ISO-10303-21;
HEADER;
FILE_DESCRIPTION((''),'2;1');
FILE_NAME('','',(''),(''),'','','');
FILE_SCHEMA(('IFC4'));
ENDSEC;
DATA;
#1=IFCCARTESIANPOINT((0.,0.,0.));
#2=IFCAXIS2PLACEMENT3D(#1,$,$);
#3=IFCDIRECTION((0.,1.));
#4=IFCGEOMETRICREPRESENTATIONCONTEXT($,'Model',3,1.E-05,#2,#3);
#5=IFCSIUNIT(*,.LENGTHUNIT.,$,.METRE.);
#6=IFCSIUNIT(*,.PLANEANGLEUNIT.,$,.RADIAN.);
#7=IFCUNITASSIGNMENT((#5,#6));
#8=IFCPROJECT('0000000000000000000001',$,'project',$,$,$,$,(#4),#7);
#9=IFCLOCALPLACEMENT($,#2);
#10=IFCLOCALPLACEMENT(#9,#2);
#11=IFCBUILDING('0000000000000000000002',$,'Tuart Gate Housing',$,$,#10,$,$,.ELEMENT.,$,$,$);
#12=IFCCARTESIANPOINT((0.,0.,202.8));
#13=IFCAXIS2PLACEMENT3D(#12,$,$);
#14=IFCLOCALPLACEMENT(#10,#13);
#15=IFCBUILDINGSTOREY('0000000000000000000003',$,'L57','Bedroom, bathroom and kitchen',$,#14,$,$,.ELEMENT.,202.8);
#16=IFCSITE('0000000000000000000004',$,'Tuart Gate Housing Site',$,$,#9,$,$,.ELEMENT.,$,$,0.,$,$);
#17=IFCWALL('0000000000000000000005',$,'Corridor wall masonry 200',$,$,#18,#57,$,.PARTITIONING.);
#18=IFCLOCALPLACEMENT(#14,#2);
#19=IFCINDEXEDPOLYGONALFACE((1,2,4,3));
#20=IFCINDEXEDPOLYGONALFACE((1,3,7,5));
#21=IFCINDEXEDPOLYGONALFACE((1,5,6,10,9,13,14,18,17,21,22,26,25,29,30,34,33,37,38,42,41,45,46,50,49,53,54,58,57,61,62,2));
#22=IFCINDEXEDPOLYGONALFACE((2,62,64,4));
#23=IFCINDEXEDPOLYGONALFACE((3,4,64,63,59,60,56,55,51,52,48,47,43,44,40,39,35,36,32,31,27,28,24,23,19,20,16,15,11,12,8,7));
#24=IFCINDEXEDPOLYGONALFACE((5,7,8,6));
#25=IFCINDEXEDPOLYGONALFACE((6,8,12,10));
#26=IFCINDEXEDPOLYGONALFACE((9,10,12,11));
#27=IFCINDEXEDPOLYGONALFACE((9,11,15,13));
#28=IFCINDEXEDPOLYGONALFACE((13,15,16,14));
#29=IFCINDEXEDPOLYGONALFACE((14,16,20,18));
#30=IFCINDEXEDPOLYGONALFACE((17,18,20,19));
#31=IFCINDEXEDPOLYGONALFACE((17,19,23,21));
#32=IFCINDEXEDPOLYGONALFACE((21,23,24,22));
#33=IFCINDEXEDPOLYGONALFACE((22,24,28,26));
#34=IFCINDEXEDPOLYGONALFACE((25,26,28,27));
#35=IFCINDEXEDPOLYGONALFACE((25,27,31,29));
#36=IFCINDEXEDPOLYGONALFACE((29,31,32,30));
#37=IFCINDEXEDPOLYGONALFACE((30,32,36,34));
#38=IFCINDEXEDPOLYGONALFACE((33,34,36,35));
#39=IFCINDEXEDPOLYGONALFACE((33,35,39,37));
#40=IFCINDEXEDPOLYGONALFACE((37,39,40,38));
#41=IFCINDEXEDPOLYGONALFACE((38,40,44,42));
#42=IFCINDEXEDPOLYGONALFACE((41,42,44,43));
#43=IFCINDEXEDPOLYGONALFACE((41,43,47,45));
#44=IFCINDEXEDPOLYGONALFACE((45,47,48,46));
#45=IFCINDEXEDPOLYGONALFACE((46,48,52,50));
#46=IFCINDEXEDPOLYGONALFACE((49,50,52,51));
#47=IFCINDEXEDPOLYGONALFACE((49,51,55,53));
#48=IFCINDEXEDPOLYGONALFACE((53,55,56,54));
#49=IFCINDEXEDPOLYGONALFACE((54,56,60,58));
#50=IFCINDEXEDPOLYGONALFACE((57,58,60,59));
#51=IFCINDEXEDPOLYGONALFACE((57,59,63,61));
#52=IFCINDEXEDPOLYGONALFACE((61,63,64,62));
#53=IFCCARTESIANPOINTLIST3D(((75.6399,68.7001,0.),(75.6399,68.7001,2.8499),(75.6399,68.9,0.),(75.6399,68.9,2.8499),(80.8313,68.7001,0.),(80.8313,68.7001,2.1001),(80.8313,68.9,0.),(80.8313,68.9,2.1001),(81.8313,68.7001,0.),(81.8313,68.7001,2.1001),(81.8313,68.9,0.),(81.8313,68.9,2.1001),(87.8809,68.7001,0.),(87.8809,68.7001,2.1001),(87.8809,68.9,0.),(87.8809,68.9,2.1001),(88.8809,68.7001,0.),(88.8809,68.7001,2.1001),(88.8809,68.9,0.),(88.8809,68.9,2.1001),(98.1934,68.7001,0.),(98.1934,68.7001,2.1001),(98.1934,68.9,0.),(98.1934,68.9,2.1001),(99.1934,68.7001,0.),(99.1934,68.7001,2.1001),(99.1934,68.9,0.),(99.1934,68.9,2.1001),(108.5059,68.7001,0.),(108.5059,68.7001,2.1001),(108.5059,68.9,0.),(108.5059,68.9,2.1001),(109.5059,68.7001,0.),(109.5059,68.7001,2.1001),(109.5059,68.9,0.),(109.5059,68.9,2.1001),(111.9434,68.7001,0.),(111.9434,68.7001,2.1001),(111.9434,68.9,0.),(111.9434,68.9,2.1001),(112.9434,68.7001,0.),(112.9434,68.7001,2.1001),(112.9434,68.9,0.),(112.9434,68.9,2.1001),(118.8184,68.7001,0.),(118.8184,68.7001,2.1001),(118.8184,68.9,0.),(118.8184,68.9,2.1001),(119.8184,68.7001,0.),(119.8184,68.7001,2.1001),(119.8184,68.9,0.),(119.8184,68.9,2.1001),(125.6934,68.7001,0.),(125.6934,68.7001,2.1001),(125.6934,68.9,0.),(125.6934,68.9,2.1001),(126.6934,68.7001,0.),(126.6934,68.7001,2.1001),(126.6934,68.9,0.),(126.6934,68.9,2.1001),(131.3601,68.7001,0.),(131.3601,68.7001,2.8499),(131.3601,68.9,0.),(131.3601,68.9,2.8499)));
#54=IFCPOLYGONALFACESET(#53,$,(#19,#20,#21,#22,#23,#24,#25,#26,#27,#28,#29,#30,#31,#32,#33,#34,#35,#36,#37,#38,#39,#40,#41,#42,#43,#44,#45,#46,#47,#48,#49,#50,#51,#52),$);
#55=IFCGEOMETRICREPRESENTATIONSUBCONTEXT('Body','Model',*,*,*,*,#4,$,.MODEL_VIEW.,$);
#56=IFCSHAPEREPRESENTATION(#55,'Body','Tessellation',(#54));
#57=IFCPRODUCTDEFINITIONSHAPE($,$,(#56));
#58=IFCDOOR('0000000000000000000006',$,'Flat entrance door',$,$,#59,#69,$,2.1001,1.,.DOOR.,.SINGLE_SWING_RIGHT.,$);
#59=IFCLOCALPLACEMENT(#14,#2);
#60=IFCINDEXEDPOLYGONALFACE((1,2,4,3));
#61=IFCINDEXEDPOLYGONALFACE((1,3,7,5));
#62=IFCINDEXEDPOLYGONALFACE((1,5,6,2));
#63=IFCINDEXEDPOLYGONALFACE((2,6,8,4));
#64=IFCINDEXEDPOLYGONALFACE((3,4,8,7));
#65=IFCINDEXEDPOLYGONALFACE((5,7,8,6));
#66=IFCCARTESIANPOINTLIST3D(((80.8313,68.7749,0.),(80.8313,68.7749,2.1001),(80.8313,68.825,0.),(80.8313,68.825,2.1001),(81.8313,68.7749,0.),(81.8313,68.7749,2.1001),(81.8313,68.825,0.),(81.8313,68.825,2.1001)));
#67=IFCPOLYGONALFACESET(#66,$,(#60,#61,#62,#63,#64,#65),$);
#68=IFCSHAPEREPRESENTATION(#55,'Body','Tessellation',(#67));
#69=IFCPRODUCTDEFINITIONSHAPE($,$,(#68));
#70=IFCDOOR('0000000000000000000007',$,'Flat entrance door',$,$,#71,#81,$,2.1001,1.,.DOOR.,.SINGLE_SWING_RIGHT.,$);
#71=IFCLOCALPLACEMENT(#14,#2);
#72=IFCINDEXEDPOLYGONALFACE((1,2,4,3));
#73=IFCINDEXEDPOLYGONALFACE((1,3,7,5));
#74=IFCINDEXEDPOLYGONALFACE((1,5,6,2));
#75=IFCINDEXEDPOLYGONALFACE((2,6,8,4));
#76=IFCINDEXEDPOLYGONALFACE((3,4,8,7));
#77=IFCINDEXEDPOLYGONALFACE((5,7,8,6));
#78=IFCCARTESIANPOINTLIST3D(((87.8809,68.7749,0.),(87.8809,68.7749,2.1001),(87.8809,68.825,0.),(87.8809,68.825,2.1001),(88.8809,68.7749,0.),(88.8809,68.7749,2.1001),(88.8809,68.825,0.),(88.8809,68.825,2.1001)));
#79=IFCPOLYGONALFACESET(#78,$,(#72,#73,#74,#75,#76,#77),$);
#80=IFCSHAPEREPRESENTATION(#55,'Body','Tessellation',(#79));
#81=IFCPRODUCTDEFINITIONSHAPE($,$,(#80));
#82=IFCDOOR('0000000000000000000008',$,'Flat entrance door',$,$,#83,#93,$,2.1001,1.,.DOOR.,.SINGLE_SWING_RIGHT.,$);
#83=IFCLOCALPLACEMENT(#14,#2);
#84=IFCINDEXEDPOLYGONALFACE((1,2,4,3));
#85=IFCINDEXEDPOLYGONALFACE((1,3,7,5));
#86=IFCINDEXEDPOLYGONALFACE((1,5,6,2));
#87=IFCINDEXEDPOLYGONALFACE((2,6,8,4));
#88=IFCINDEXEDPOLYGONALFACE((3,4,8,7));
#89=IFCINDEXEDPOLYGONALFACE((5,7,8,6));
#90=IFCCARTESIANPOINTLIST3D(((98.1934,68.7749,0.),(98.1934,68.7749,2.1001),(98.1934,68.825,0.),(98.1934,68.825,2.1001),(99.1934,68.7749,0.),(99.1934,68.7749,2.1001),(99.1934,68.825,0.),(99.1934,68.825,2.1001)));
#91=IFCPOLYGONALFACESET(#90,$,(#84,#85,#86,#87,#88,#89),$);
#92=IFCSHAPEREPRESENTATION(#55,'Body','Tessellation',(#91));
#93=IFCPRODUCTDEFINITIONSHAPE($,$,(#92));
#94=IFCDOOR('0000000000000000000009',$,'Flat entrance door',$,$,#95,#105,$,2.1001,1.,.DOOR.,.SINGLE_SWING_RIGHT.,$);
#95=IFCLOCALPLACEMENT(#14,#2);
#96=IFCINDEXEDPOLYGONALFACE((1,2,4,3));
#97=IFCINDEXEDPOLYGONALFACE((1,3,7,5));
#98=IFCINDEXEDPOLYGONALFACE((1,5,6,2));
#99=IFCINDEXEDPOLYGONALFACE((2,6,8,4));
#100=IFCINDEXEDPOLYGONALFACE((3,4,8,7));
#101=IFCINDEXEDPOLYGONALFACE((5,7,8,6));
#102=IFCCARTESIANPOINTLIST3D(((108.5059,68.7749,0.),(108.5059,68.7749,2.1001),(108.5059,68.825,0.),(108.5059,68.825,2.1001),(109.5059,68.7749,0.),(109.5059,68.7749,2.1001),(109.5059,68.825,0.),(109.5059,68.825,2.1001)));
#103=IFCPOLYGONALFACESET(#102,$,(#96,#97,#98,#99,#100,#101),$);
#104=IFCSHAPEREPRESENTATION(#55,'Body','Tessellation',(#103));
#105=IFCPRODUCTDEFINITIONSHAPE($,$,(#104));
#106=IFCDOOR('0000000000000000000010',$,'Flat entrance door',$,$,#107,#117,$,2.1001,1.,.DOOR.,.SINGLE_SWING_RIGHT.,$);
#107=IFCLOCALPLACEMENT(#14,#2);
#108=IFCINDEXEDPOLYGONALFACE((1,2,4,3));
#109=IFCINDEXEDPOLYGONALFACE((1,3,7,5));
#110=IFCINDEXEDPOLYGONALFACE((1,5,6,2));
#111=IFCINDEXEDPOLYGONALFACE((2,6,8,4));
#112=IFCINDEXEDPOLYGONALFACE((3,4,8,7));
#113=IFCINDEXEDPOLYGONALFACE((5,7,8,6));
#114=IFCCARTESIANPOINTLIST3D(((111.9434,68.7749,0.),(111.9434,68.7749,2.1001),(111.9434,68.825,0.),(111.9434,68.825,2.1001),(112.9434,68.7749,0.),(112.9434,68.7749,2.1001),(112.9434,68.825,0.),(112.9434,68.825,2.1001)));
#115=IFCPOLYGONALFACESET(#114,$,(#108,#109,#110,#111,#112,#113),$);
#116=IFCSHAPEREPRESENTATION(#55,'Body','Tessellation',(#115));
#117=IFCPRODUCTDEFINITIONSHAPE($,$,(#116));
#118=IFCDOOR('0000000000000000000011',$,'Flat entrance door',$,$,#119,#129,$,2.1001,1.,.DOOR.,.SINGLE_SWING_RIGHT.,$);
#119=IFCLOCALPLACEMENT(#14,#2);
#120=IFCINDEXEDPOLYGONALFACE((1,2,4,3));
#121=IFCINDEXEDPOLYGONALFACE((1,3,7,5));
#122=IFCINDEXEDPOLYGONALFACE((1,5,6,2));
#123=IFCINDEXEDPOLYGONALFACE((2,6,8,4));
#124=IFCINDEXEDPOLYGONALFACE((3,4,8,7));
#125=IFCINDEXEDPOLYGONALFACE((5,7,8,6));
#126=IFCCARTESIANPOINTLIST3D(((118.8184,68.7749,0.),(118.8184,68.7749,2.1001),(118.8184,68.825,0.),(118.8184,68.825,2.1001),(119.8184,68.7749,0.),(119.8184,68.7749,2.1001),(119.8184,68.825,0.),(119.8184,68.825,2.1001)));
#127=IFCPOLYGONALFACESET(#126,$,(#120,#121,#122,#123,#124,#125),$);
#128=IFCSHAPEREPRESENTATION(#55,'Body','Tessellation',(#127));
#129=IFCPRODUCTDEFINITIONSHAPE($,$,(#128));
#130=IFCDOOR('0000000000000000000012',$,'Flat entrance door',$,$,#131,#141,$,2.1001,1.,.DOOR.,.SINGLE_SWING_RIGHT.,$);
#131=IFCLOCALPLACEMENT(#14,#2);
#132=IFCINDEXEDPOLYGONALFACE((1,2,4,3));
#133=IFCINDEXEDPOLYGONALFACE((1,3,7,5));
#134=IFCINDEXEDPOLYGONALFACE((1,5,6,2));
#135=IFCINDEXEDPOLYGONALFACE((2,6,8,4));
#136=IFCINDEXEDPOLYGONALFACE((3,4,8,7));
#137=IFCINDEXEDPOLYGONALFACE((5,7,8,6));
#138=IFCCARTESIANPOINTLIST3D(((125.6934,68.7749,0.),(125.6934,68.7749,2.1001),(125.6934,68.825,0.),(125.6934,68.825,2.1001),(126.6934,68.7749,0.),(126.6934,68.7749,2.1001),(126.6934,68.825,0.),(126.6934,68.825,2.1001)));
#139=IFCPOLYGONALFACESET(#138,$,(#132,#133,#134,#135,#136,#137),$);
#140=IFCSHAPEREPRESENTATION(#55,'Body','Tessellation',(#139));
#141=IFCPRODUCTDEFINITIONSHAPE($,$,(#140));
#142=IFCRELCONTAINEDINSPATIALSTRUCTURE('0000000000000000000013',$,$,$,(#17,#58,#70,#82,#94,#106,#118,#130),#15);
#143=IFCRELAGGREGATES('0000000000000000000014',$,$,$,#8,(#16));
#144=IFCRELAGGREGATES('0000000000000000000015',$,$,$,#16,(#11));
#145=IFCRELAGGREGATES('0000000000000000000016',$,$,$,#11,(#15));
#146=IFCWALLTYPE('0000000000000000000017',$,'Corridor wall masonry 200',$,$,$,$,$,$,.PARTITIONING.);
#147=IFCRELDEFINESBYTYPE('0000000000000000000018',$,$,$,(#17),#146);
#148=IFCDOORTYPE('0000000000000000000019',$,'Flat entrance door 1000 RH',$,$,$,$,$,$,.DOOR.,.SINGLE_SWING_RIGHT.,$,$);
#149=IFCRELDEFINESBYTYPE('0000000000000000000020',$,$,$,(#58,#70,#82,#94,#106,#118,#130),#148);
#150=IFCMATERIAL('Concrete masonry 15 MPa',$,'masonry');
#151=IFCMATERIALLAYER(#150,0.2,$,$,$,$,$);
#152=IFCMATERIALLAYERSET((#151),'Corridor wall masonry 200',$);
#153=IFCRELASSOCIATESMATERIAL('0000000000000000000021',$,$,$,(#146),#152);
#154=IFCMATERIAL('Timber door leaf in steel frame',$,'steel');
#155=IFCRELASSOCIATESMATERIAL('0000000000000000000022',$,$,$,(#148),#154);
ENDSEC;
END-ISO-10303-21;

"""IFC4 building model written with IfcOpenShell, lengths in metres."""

from ifc_helpers import new_model, si_unit, direction, frame, frame_2d, origin, place, context, subcontext, project, spatial, rectangle, extrude, material, layer, layer_set, type_object, element, fill, save


model = new_model("IFC4")

# Units and contexts
model_context = context("Model", 3, precision=1e-05, world=origin(), true_north=direction((0.0, 1.0)))
body_context = subcontext(model_context, "Body", "Model", "MODEL_VIEW")
ifc_project = project(units=[si_unit("LENGTHUNIT", "METRE"), si_unit("PLANEANGLEUNIT", "RADIAN")], contexts=[model_context])

# Site, building, storey
site_placement = place(None, origin())
site = spatial("IfcSite", under=ifc_project, at=site_placement, Name="Tuart Gate Housing Site", CompositionType="ELEMENT", RefElevation=0.0)
building_placement = place(site_placement, origin())
building = spatial("IfcBuilding", under=site, at=building_placement, Name="Tuart Gate Housing", CompositionType="ELEMENT")
storey_placement = place(building_placement, frame((0.0, 0.0, 202.8)))
storey = spatial("IfcBuildingStorey", under=building, at=storey_placement, Name="L57", Description="Bedroom, bathroom and kitchen", CompositionType="ELEMENT", Elevation=202.8)

# Wall, openings, doors
ifc_material_1 = material(Name="Concrete masonry 15 MPa", Category="masonry")
ifc_layer_1 = layer(ifc_material_1, 0.2)
ifc_layer_set_1 = layer_set([ifc_layer_1], Name="Corridor wall masonry 200")
wall_type_1 = type_object("IfcWallType", Name="Corridor wall masonry 200", PredefinedType="PARTITIONING", material=ifc_layer_set_1)
wall_1_placement = place(storey_placement, frame((75.6399, 68.8, 0.0), z_axis=(0.0, 0.0, 1.0), x_axis=(1.0, 0.0, 0.0)))
wall_1 = element("IfcWall", 1, at=wall_1_placement, inside=storey, type_object=wall_type_1, Name="Corridor wall masonry 200", PredefinedType="PARTITIONING", context=body_context, shape_type="SweptSolid", body=[
    extrude(rectangle(XDim=55.7202, YDim=0.2, at=frame_2d((27.8601, 0.0))), origin(), (0.0, 0.0, 1.0), 2.8499),
])
opening_1_placement = place(wall_1_placement, frame((5.1914, 0.0, 0.0)))
opening_1 = element("IfcOpeningElement", 2, at=opening_1_placement, cuts=wall_1, PredefinedType="OPENING", context=body_context, shape_type="SweptSolid", body=[
    extrude(rectangle(XDim=1.0, YDim=2.1001, at=frame_2d((0.5, 1.05))), frame((0.0, 0.1099, 0.0), z_axis=(0.0, -1.0, 0.0), x_axis=(1.0, 0.0, 0.0)), (0.0, 0.0, 1.0), 0.22),
])
opening_2_placement = place(wall_1_placement, frame((12.241, 0.0, 0.0)))
opening_2 = element("IfcOpeningElement", 3, at=opening_2_placement, cuts=wall_1, PredefinedType="OPENING", context=body_context, shape_type="SweptSolid", body=[
    extrude(rectangle(XDim=1.0, YDim=2.1001, at=frame_2d((0.5, 1.05))), frame((0.0, 0.1099, 0.0), z_axis=(0.0, -1.0, 0.0), x_axis=(1.0, 0.0, 0.0)), (0.0, 0.0, 1.0), 0.22),
])
opening_3_placement = place(wall_1_placement, frame((22.5535, 0.0, 0.0)))
opening_3 = element("IfcOpeningElement", 4, at=opening_3_placement, cuts=wall_1, PredefinedType="OPENING", context=body_context, shape_type="SweptSolid", body=[
    extrude(rectangle(XDim=1.0, YDim=2.1001, at=frame_2d((0.5, 1.05))), frame((0.0, 0.1099, 0.0), z_axis=(0.0, -1.0, 0.0), x_axis=(1.0, 0.0, 0.0)), (0.0, 0.0, 1.0), 0.22),
])
opening_4_placement = place(wall_1_placement, frame((32.866, 0.0, 0.0)))
opening_4 = element("IfcOpeningElement", 5, at=opening_4_placement, cuts=wall_1, PredefinedType="OPENING", context=body_context, shape_type="SweptSolid", body=[
    extrude(rectangle(XDim=1.0, YDim=2.1001, at=frame_2d((0.5, 1.05))), frame((0.0, 0.1099, 0.0), z_axis=(0.0, -1.0, 0.0), x_axis=(1.0, 0.0, 0.0)), (0.0, 0.0, 1.0), 0.22),
])
opening_5_placement = place(wall_1_placement, frame((36.3035, 0.0, 0.0)))
opening_5 = element("IfcOpeningElement", 6, at=opening_5_placement, cuts=wall_1, PredefinedType="OPENING", context=body_context, shape_type="SweptSolid", body=[
    extrude(rectangle(XDim=1.0, YDim=2.1001, at=frame_2d((0.5, 1.05))), frame((0.0, 0.1099, 0.0), z_axis=(0.0, -1.0, 0.0), x_axis=(1.0, 0.0, 0.0)), (0.0, 0.0, 1.0), 0.22),
])
opening_6_placement = place(wall_1_placement, frame((43.1785, 0.0, 0.0)))
opening_6 = element("IfcOpeningElement", 7, at=opening_6_placement, cuts=wall_1, PredefinedType="OPENING", context=body_context, shape_type="SweptSolid", body=[
    extrude(rectangle(XDim=1.0, YDim=2.1001, at=frame_2d((0.5, 1.05))), frame((0.0, 0.1099, 0.0), z_axis=(0.0, -1.0, 0.0), x_axis=(1.0, 0.0, 0.0)), (0.0, 0.0, 1.0), 0.22),
])
opening_7_placement = place(wall_1_placement, frame((50.0535, 0.0, 0.0)))
opening_7 = element("IfcOpeningElement", 8, at=opening_7_placement, cuts=wall_1, PredefinedType="OPENING", context=body_context, shape_type="SweptSolid", body=[
    extrude(rectangle(XDim=1.0, YDim=2.1001, at=frame_2d((0.5, 1.05))), frame((0.0, 0.1099, 0.0), z_axis=(0.0, -1.0, 0.0), x_axis=(1.0, 0.0, 0.0)), (0.0, 0.0, 1.0), 0.22),
])
ifc_material_2 = material(Name="Timber door leaf in steel frame", Category="steel")
door_type_1 = type_object("IfcDoorType", Name="Flat entrance door 1000 RH", OperationType="SINGLE_SWING_RIGHT", PredefinedType="DOOR", material=ifc_material_2)
door_1_placement = place(opening_1_placement, frame((1.0, 0.0, 0.0), z_axis=(0.0, 0.0, 1.0), x_axis=(-1.0, 0.0, 0.0)))
door_1 = element("IfcDoor", 9, at=door_1_placement, inside=storey, type_object=door_type_1, Name="Flat entrance door", OperationType="SINGLE_SWING_RIGHT", OverallHeight=2.1001, OverallWidth=1.0, PredefinedType="DOOR", context=body_context, shape_type="SweptSolid", body=[
    extrude(rectangle(XDim=1.0, YDim=2.1001, at=frame_2d((0.5, 1.05))), frame((0.0, 0.0251, 0.0), z_axis=(0.0, -1.0, 0.0), x_axis=(1.0, 0.0, 0.0)), (0.0, 0.0, 1.0), 0.05),
])
fill(opening_1, door_1)
door_2_placement = place(opening_2_placement, frame((1.0, 0.0, 0.0), z_axis=(0.0, 0.0, 1.0), x_axis=(-1.0, 0.0, 0.0)))
door_2 = element("IfcDoor", 10, at=door_2_placement, inside=storey, type_object=door_type_1, Name="Flat entrance door", OperationType="SINGLE_SWING_RIGHT", OverallHeight=2.1001, OverallWidth=1.0, PredefinedType="DOOR", context=body_context, shape_type="SweptSolid", body=[
    extrude(rectangle(XDim=1.0, YDim=2.1001, at=frame_2d((0.5, 1.05))), frame((0.0, 0.0251, 0.0), z_axis=(0.0, -1.0, 0.0), x_axis=(1.0, 0.0, 0.0)), (0.0, 0.0, 1.0), 0.05),
])
fill(opening_2, door_2)
door_3_placement = place(opening_3_placement, frame((1.0, 0.0, 0.0), z_axis=(0.0, 0.0, 1.0), x_axis=(-1.0, 0.0, 0.0)))
door_3 = element("IfcDoor", 11, at=door_3_placement, inside=storey, type_object=door_type_1, Name="Flat entrance door", OperationType="SINGLE_SWING_RIGHT", OverallHeight=2.1001, OverallWidth=1.0, PredefinedType="DOOR", context=body_context, shape_type="SweptSolid", body=[
    extrude(rectangle(XDim=1.0, YDim=2.1001, at=frame_2d((0.5, 1.05))), frame((0.0, 0.0251, 0.0), z_axis=(0.0, -1.0, 0.0), x_axis=(1.0, 0.0, 0.0)), (0.0, 0.0, 1.0), 0.05),
])
fill(opening_3, door_3)
door_4_placement = place(opening_4_placement, frame((1.0, 0.0, 0.0), z_axis=(0.0, 0.0, 1.0), x_axis=(-1.0, 0.0, 0.0)))
door_4 = element("IfcDoor", 12, at=door_4_placement, inside=storey, type_object=door_type_1, Name="Flat entrance door", OperationType="SINGLE_SWING_RIGHT", OverallHeight=2.1001, OverallWidth=1.0, PredefinedType="DOOR", context=body_context, shape_type="SweptSolid", body=[
    extrude(rectangle(XDim=1.0, YDim=2.1001, at=frame_2d((0.5, 1.05))), frame((0.0, 0.0251, 0.0), z_axis=(0.0, -1.0, 0.0), x_axis=(1.0, 0.0, 0.0)), (0.0, 0.0, 1.0), 0.05),
])
fill(opening_4, door_4)
door_5_placement = place(opening_5_placement, frame((1.0, 0.0, 0.0), z_axis=(0.0, 0.0, 1.0), x_axis=(-1.0, 0.0, 0.0)))
door_5 = element("IfcDoor", 13, at=door_5_placement, inside=storey, type_object=door_type_1, Name="Flat entrance door", OperationType="SINGLE_SWING_RIGHT", OverallHeight=2.1001, OverallWidth=1.0, PredefinedType="DOOR", context=body_context, shape_type="SweptSolid", body=[
    extrude(rectangle(XDim=1.0, YDim=2.1001, at=frame_2d((0.5, 1.05))), frame((0.0, 0.0251, 0.0), z_axis=(0.0, -1.0, 0.0), x_axis=(1.0, 0.0, 0.0)), (0.0, 0.0, 1.0), 0.05),
])
fill(opening_5, door_5)
door_6_placement = place(opening_6_placement, frame((1.0, 0.0, 0.0), z_axis=(0.0, 0.0, 1.0), x_axis=(-1.0, 0.0, 0.0)))
door_6 = element("IfcDoor", 14, at=door_6_placement, inside=storey, type_object=door_type_1, Name="Flat entrance door", OperationType="SINGLE_SWING_RIGHT", OverallHeight=2.1001, OverallWidth=1.0, PredefinedType="DOOR", context=body_context, shape_type="SweptSolid", body=[
    extrude(rectangle(XDim=1.0, YDim=2.1001, at=frame_2d((0.5, 1.05))), frame((0.0, 0.0251, 0.0), z_axis=(0.0, -1.0, 0.0), x_axis=(1.0, 0.0, 0.0)), (0.0, 0.0, 1.0), 0.05),
])
fill(opening_6, door_6)
door_7_placement = place(opening_7_placement, frame((1.0, 0.0, 0.0), z_axis=(0.0, 0.0, 1.0), x_axis=(-1.0, 0.0, 0.0)))
door_7 = element("IfcDoor", 15, at=door_7_placement, inside=storey, type_object=door_type_1, Name="Flat entrance door", OperationType="SINGLE_SWING_RIGHT", OverallHeight=2.1001, OverallWidth=1.0, PredefinedType="DOOR", context=body_context, shape_type="SweptSolid", body=[
    extrude(rectangle(XDim=1.0, YDim=2.1001, at=frame_2d((0.5, 1.05))), frame((0.0, 0.0251, 0.0), z_axis=(0.0, -1.0, 0.0), x_axis=(1.0, 0.0, 0.0)), (0.0, 0.0, 1.0), 0.05),
])
fill(opening_7, door_7)

save(model, "model.ifc")
